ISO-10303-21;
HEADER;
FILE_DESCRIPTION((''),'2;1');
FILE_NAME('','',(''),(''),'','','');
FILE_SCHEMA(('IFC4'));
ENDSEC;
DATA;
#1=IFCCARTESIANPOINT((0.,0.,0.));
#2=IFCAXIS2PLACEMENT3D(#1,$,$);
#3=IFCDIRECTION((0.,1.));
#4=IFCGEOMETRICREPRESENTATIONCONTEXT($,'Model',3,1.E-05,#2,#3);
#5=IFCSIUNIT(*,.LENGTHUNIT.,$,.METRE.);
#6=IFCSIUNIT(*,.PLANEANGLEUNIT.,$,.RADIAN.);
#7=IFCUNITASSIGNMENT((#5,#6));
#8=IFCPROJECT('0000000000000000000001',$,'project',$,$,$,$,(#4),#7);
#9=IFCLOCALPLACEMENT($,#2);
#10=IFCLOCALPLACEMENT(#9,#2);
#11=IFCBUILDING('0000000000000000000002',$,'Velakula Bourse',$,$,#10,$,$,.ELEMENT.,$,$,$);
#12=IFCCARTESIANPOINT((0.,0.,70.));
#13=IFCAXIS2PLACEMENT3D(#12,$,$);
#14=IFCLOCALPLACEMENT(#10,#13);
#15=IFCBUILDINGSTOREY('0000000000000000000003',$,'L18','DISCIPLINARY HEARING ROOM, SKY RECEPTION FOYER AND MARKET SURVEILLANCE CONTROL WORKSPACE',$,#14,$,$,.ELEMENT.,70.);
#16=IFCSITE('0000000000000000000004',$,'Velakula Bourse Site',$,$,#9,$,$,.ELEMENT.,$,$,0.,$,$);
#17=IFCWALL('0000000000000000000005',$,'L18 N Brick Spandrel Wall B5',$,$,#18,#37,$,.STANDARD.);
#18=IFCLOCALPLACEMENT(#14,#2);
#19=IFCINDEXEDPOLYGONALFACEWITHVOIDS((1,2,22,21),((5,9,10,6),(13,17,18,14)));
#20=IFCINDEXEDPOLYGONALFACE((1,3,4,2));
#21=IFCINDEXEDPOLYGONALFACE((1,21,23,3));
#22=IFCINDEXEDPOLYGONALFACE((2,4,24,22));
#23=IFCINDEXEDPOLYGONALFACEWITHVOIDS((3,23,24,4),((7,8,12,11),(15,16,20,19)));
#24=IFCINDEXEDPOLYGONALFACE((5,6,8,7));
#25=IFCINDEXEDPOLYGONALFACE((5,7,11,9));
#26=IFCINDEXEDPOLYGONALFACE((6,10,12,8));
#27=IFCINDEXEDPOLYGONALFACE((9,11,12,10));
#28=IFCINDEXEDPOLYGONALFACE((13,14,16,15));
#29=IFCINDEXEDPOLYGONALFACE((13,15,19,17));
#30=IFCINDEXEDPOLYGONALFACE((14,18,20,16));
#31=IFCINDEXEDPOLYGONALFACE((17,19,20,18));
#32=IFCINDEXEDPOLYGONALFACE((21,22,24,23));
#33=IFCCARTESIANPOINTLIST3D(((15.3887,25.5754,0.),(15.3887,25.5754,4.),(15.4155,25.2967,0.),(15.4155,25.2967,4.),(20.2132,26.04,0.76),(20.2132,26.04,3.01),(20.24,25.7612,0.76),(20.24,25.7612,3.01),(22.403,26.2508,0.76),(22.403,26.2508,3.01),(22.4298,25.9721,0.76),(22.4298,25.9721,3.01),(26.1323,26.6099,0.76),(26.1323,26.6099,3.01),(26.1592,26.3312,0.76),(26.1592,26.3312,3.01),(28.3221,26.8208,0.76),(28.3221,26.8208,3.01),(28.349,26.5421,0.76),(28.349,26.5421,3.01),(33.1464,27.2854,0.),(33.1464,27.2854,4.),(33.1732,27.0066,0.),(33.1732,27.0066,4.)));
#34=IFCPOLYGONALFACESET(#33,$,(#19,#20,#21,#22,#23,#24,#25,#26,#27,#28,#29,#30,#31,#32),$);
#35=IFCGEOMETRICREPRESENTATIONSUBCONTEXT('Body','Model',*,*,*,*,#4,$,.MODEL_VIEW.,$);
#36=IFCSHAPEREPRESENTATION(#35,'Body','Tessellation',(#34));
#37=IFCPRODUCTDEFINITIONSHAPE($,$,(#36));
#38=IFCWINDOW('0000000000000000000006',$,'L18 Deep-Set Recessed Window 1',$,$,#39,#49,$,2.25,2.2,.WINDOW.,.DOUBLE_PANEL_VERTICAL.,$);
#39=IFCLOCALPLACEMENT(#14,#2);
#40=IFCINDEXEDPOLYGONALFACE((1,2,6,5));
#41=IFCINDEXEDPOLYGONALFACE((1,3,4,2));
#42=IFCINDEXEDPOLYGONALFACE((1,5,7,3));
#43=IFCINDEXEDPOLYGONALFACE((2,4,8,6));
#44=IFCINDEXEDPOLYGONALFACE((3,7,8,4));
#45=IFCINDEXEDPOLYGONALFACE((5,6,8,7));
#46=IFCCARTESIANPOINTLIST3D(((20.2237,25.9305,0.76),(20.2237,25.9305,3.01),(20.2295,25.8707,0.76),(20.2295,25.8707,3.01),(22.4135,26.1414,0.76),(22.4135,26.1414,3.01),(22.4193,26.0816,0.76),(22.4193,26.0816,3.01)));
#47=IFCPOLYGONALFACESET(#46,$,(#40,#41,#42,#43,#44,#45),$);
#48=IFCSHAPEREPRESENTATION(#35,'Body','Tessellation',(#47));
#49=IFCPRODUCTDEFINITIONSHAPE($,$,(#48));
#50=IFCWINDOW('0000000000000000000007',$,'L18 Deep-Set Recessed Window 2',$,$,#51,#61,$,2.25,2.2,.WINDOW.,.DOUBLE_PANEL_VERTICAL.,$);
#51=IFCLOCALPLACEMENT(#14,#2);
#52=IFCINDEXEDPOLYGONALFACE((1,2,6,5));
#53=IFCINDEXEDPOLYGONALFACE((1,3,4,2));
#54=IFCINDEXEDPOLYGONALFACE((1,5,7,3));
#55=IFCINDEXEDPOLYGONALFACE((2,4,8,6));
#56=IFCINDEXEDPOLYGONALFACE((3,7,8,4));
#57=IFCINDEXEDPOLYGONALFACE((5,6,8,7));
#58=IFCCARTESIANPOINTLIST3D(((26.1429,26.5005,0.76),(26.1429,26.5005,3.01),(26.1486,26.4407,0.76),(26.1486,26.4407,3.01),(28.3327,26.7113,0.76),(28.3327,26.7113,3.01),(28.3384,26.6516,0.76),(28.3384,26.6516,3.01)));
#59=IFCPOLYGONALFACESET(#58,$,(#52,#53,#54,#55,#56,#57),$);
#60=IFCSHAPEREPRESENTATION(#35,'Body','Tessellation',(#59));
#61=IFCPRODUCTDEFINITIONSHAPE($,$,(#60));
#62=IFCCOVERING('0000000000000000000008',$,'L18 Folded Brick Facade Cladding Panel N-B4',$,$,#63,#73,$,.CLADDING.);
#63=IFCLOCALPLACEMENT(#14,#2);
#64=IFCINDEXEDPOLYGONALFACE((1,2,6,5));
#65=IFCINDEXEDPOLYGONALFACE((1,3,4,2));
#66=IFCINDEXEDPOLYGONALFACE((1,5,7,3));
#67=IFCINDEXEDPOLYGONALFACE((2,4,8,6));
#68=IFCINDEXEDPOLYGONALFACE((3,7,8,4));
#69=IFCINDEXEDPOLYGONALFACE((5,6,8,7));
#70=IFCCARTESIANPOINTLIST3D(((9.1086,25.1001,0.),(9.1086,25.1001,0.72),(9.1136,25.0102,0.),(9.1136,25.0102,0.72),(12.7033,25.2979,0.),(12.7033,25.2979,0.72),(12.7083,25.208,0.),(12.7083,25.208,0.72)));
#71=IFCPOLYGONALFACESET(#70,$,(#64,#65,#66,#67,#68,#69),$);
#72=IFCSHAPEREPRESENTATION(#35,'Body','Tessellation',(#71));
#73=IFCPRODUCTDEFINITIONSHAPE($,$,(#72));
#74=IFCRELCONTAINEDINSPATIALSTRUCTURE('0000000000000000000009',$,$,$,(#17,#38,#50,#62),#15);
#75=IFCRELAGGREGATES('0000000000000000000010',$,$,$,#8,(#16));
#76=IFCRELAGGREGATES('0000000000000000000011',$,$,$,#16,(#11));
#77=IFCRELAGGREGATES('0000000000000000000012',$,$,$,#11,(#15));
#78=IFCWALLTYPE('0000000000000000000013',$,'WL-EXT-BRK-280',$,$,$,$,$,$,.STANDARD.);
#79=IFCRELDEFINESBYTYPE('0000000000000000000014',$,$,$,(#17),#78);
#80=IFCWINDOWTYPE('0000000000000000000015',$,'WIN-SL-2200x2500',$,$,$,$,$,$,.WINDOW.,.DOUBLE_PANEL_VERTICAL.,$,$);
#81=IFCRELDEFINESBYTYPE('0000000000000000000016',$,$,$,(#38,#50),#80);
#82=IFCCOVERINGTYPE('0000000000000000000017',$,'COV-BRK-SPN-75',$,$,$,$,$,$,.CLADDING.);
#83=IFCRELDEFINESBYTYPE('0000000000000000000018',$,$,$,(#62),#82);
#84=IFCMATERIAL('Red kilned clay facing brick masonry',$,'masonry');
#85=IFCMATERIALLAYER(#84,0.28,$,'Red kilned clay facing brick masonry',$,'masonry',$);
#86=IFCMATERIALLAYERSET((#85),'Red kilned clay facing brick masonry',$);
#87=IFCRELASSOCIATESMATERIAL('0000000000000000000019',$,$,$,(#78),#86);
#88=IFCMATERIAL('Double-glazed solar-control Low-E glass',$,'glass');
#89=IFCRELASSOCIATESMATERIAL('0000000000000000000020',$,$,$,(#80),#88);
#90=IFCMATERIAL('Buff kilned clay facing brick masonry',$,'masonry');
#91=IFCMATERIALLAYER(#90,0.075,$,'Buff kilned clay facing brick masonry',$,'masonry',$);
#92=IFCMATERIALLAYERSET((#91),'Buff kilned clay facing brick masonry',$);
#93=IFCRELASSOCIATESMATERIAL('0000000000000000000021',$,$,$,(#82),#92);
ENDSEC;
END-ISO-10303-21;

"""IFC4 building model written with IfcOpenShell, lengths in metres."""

from ifc_helpers import new_model, si_unit, direction, frame, frame_2d, origin, origin_2d, place, context, subcontext, project, spatial, rectangle, extrude, material, layer, layer_set, type_object, element, fill, save


model = new_model("IFC4")

# Units and contexts
model_context = context("Model", 3, precision=1e-05, world=origin(), true_north=direction((0.0, 1.0)))
body_context = subcontext(model_context, "Body", "Model", "MODEL_VIEW")
ifc_project = project(units=[si_unit("LENGTHUNIT", "METRE"), si_unit("PLANEANGLEUNIT", "RADIAN")], contexts=[model_context])

# Site, building, storey
site_placement = place(None, origin())
site = spatial("IfcSite", under=ifc_project, at=site_placement, Name="Velakula Bourse Site", CompositionType="ELEMENT", RefElevation=0.0)
building_placement = place(site_placement, origin())
building = spatial("IfcBuilding", under=site, at=building_placement, Name="Velakula Bourse", CompositionType="ELEMENT")
storey_placement = place(building_placement, frame((0.0, 0.0, 70.0)))
storey = spatial("IfcBuildingStorey", under=building, at=storey_placement, Name="L18", Description="DISCIPLINARY HEARING ROOM, SKY RECEPTION FOYER AND MARKET SURVEILLANCE CONTROL WORKSPACE", CompositionType="ELEMENT", Elevation=70.0)

# Shared definitions
ifc_material_1 = material(Name="Double-glazed solar-control Low-E glass", Category="glass")

# Wall, openings, windows
ifc_material_2 = material(Name="Red kilned clay facing brick masonry", Category="masonry")
ifc_layer_1 = layer(ifc_material_2, 0.28, Name="Red kilned clay facing brick masonry", Category="masonry")
ifc_layer_set_1 = layer_set([ifc_layer_1], Name="Red kilned clay facing brick masonry")
wall_type = type_object("IfcWallType", Name="WL-EXT-BRK-280", PredefinedType="STANDARD", material=ifc_layer_set_1)
window_type = type_object("IfcWindowType", Name="WIN-SL-2200x2500", PartitioningType="DOUBLE_PANEL_VERTICAL", PredefinedType="WINDOW", material=ifc_material_1)
wall_1_placement = place(storey_placement, frame((15.4021, 25.436, 0.0), z_axis=(0.0, 0.0, 1.0), x_axis=(0.995396, 0.09585, 0.0)))
wall_1 = element("IfcWall", 1, at=wall_1_placement, inside=storey, type_object=wall_type, Name="L18 N Brick Spandrel Wall B5", PredefinedType="STANDARD", context=body_context, shape_type="SweptSolid", body=[
    extrude(rectangle(XDim=17.8398, YDim=0.28, at=frame_2d((8.9199, 0.0))), origin(), (0.0, 0.0, 1.0), 4.0),
])
opening_1_placement = place(wall_1_placement, frame((4.8467, 0.0, 0.76)))
opening_1 = element("IfcOpeningElement", 2, at=opening_1_placement, cuts=wall_1, PredefinedType="OPENING", context=body_context, shape_type="SweptSolid", body=[
    extrude(rectangle(XDim=2.2, YDim=2.25, at=frame_2d((1.1001, 1.125))), frame((0.0, 0.1499, 0.0), z_axis=(0.0, -1.0, 0.0), x_axis=(1.0, 0.0, 0.0)), (0.0, 0.0, 1.0), 0.3),
])
opening_2_placement = place(wall_1_placement, frame((10.7932, 0.0, 0.76)))
opening_2 = element("IfcOpeningElement", 3, at=opening_2_placement, cuts=wall_1, PredefinedType="OPENING", context=body_context, shape_type="SweptSolid", body=[
    extrude(rectangle(XDim=2.2, YDim=2.25, at=frame_2d((1.1001, 1.125))), frame((0.0, 0.1499, 0.0), z_axis=(0.0, -1.0, 0.0), x_axis=(1.0, 0.0, 0.0)), (0.0, 0.0, 1.0), 0.3),
])
window_1_placement = place(opening_1_placement, origin())
window_1 = element("IfcWindow", 4, at=window_1_placement, inside=storey, type_object=window_type, Name="L18 Deep-Set Recessed Window 1", OverallHeight=2.25, OverallWidth=2.2, PartitioningType="DOUBLE_PANEL_VERTICAL", PredefinedType="WINDOW", context=body_context, shape_type="SweptSolid", body=[
    extrude(rectangle(XDim=2.2, YDim=2.25, at=frame_2d((1.1001, 1.125))), frame((0.0, 0.03, 0.0), z_axis=(0.0, -1.0, 0.0), x_axis=(1.0, 0.0, 0.0)), (0.0, 0.0, 1.0), 0.0601),
])
fill(opening_1, window_1)
window_2_placement = place(opening_2_placement, origin())
window_2 = element("IfcWindow", 5, at=window_2_placement, inside=storey, type_object=window_type, Name="L18 Deep-Set Recessed Window 2", OverallHeight=2.25, OverallWidth=2.2, PartitioningType="DOUBLE_PANEL_VERTICAL", PredefinedType="WINDOW", context=body_context, shape_type="SweptSolid", body=[
    extrude(rectangle(XDim=2.2, YDim=2.25, at=frame_2d((1.1001, 1.125))), frame((0.0, 0.03, 0.0), z_axis=(0.0, -1.0, 0.0), x_axis=(1.0, 0.0, 0.0)), (0.0, 0.0, 1.0), 0.0601),
])
fill(opening_2, window_2)

# Covering
ifc_material_3 = material(Name="Buff kilned clay facing brick masonry", Category="masonry")
ifc_layer_2 = layer(ifc_material_3, 0.075, Name="Buff kilned clay facing brick masonry", Category="masonry")
ifc_layer_set_2 = layer_set([ifc_layer_2], Name="Buff kilned clay facing brick masonry")
covering_type = type_object("IfcCoveringType", Name="COV-BRK-SPN-75", PredefinedType="CLADDING", material=ifc_layer_set_2)
covering_placement = place(storey_placement, frame((10.9084, 25.1541, 0.0), z_axis=(0.0, 0.0, 1.0), x_axis=(0.998489, 0.05495, 0.0)))
element("IfcCovering", 6, at=covering_placement, inside=storey, type_object=covering_type, Name="L18 Folded Brick Facade Cladding Panel N-B4", PredefinedType="CLADDING", context=body_context, shape_type="SweptSolid", body=[
    extrude(rectangle(XDim=3.6001, YDim=0.0901, at=origin_2d()), origin(), (0.0, 0.0, 1.0), 0.72),
])

save(model, "model.ifc")
